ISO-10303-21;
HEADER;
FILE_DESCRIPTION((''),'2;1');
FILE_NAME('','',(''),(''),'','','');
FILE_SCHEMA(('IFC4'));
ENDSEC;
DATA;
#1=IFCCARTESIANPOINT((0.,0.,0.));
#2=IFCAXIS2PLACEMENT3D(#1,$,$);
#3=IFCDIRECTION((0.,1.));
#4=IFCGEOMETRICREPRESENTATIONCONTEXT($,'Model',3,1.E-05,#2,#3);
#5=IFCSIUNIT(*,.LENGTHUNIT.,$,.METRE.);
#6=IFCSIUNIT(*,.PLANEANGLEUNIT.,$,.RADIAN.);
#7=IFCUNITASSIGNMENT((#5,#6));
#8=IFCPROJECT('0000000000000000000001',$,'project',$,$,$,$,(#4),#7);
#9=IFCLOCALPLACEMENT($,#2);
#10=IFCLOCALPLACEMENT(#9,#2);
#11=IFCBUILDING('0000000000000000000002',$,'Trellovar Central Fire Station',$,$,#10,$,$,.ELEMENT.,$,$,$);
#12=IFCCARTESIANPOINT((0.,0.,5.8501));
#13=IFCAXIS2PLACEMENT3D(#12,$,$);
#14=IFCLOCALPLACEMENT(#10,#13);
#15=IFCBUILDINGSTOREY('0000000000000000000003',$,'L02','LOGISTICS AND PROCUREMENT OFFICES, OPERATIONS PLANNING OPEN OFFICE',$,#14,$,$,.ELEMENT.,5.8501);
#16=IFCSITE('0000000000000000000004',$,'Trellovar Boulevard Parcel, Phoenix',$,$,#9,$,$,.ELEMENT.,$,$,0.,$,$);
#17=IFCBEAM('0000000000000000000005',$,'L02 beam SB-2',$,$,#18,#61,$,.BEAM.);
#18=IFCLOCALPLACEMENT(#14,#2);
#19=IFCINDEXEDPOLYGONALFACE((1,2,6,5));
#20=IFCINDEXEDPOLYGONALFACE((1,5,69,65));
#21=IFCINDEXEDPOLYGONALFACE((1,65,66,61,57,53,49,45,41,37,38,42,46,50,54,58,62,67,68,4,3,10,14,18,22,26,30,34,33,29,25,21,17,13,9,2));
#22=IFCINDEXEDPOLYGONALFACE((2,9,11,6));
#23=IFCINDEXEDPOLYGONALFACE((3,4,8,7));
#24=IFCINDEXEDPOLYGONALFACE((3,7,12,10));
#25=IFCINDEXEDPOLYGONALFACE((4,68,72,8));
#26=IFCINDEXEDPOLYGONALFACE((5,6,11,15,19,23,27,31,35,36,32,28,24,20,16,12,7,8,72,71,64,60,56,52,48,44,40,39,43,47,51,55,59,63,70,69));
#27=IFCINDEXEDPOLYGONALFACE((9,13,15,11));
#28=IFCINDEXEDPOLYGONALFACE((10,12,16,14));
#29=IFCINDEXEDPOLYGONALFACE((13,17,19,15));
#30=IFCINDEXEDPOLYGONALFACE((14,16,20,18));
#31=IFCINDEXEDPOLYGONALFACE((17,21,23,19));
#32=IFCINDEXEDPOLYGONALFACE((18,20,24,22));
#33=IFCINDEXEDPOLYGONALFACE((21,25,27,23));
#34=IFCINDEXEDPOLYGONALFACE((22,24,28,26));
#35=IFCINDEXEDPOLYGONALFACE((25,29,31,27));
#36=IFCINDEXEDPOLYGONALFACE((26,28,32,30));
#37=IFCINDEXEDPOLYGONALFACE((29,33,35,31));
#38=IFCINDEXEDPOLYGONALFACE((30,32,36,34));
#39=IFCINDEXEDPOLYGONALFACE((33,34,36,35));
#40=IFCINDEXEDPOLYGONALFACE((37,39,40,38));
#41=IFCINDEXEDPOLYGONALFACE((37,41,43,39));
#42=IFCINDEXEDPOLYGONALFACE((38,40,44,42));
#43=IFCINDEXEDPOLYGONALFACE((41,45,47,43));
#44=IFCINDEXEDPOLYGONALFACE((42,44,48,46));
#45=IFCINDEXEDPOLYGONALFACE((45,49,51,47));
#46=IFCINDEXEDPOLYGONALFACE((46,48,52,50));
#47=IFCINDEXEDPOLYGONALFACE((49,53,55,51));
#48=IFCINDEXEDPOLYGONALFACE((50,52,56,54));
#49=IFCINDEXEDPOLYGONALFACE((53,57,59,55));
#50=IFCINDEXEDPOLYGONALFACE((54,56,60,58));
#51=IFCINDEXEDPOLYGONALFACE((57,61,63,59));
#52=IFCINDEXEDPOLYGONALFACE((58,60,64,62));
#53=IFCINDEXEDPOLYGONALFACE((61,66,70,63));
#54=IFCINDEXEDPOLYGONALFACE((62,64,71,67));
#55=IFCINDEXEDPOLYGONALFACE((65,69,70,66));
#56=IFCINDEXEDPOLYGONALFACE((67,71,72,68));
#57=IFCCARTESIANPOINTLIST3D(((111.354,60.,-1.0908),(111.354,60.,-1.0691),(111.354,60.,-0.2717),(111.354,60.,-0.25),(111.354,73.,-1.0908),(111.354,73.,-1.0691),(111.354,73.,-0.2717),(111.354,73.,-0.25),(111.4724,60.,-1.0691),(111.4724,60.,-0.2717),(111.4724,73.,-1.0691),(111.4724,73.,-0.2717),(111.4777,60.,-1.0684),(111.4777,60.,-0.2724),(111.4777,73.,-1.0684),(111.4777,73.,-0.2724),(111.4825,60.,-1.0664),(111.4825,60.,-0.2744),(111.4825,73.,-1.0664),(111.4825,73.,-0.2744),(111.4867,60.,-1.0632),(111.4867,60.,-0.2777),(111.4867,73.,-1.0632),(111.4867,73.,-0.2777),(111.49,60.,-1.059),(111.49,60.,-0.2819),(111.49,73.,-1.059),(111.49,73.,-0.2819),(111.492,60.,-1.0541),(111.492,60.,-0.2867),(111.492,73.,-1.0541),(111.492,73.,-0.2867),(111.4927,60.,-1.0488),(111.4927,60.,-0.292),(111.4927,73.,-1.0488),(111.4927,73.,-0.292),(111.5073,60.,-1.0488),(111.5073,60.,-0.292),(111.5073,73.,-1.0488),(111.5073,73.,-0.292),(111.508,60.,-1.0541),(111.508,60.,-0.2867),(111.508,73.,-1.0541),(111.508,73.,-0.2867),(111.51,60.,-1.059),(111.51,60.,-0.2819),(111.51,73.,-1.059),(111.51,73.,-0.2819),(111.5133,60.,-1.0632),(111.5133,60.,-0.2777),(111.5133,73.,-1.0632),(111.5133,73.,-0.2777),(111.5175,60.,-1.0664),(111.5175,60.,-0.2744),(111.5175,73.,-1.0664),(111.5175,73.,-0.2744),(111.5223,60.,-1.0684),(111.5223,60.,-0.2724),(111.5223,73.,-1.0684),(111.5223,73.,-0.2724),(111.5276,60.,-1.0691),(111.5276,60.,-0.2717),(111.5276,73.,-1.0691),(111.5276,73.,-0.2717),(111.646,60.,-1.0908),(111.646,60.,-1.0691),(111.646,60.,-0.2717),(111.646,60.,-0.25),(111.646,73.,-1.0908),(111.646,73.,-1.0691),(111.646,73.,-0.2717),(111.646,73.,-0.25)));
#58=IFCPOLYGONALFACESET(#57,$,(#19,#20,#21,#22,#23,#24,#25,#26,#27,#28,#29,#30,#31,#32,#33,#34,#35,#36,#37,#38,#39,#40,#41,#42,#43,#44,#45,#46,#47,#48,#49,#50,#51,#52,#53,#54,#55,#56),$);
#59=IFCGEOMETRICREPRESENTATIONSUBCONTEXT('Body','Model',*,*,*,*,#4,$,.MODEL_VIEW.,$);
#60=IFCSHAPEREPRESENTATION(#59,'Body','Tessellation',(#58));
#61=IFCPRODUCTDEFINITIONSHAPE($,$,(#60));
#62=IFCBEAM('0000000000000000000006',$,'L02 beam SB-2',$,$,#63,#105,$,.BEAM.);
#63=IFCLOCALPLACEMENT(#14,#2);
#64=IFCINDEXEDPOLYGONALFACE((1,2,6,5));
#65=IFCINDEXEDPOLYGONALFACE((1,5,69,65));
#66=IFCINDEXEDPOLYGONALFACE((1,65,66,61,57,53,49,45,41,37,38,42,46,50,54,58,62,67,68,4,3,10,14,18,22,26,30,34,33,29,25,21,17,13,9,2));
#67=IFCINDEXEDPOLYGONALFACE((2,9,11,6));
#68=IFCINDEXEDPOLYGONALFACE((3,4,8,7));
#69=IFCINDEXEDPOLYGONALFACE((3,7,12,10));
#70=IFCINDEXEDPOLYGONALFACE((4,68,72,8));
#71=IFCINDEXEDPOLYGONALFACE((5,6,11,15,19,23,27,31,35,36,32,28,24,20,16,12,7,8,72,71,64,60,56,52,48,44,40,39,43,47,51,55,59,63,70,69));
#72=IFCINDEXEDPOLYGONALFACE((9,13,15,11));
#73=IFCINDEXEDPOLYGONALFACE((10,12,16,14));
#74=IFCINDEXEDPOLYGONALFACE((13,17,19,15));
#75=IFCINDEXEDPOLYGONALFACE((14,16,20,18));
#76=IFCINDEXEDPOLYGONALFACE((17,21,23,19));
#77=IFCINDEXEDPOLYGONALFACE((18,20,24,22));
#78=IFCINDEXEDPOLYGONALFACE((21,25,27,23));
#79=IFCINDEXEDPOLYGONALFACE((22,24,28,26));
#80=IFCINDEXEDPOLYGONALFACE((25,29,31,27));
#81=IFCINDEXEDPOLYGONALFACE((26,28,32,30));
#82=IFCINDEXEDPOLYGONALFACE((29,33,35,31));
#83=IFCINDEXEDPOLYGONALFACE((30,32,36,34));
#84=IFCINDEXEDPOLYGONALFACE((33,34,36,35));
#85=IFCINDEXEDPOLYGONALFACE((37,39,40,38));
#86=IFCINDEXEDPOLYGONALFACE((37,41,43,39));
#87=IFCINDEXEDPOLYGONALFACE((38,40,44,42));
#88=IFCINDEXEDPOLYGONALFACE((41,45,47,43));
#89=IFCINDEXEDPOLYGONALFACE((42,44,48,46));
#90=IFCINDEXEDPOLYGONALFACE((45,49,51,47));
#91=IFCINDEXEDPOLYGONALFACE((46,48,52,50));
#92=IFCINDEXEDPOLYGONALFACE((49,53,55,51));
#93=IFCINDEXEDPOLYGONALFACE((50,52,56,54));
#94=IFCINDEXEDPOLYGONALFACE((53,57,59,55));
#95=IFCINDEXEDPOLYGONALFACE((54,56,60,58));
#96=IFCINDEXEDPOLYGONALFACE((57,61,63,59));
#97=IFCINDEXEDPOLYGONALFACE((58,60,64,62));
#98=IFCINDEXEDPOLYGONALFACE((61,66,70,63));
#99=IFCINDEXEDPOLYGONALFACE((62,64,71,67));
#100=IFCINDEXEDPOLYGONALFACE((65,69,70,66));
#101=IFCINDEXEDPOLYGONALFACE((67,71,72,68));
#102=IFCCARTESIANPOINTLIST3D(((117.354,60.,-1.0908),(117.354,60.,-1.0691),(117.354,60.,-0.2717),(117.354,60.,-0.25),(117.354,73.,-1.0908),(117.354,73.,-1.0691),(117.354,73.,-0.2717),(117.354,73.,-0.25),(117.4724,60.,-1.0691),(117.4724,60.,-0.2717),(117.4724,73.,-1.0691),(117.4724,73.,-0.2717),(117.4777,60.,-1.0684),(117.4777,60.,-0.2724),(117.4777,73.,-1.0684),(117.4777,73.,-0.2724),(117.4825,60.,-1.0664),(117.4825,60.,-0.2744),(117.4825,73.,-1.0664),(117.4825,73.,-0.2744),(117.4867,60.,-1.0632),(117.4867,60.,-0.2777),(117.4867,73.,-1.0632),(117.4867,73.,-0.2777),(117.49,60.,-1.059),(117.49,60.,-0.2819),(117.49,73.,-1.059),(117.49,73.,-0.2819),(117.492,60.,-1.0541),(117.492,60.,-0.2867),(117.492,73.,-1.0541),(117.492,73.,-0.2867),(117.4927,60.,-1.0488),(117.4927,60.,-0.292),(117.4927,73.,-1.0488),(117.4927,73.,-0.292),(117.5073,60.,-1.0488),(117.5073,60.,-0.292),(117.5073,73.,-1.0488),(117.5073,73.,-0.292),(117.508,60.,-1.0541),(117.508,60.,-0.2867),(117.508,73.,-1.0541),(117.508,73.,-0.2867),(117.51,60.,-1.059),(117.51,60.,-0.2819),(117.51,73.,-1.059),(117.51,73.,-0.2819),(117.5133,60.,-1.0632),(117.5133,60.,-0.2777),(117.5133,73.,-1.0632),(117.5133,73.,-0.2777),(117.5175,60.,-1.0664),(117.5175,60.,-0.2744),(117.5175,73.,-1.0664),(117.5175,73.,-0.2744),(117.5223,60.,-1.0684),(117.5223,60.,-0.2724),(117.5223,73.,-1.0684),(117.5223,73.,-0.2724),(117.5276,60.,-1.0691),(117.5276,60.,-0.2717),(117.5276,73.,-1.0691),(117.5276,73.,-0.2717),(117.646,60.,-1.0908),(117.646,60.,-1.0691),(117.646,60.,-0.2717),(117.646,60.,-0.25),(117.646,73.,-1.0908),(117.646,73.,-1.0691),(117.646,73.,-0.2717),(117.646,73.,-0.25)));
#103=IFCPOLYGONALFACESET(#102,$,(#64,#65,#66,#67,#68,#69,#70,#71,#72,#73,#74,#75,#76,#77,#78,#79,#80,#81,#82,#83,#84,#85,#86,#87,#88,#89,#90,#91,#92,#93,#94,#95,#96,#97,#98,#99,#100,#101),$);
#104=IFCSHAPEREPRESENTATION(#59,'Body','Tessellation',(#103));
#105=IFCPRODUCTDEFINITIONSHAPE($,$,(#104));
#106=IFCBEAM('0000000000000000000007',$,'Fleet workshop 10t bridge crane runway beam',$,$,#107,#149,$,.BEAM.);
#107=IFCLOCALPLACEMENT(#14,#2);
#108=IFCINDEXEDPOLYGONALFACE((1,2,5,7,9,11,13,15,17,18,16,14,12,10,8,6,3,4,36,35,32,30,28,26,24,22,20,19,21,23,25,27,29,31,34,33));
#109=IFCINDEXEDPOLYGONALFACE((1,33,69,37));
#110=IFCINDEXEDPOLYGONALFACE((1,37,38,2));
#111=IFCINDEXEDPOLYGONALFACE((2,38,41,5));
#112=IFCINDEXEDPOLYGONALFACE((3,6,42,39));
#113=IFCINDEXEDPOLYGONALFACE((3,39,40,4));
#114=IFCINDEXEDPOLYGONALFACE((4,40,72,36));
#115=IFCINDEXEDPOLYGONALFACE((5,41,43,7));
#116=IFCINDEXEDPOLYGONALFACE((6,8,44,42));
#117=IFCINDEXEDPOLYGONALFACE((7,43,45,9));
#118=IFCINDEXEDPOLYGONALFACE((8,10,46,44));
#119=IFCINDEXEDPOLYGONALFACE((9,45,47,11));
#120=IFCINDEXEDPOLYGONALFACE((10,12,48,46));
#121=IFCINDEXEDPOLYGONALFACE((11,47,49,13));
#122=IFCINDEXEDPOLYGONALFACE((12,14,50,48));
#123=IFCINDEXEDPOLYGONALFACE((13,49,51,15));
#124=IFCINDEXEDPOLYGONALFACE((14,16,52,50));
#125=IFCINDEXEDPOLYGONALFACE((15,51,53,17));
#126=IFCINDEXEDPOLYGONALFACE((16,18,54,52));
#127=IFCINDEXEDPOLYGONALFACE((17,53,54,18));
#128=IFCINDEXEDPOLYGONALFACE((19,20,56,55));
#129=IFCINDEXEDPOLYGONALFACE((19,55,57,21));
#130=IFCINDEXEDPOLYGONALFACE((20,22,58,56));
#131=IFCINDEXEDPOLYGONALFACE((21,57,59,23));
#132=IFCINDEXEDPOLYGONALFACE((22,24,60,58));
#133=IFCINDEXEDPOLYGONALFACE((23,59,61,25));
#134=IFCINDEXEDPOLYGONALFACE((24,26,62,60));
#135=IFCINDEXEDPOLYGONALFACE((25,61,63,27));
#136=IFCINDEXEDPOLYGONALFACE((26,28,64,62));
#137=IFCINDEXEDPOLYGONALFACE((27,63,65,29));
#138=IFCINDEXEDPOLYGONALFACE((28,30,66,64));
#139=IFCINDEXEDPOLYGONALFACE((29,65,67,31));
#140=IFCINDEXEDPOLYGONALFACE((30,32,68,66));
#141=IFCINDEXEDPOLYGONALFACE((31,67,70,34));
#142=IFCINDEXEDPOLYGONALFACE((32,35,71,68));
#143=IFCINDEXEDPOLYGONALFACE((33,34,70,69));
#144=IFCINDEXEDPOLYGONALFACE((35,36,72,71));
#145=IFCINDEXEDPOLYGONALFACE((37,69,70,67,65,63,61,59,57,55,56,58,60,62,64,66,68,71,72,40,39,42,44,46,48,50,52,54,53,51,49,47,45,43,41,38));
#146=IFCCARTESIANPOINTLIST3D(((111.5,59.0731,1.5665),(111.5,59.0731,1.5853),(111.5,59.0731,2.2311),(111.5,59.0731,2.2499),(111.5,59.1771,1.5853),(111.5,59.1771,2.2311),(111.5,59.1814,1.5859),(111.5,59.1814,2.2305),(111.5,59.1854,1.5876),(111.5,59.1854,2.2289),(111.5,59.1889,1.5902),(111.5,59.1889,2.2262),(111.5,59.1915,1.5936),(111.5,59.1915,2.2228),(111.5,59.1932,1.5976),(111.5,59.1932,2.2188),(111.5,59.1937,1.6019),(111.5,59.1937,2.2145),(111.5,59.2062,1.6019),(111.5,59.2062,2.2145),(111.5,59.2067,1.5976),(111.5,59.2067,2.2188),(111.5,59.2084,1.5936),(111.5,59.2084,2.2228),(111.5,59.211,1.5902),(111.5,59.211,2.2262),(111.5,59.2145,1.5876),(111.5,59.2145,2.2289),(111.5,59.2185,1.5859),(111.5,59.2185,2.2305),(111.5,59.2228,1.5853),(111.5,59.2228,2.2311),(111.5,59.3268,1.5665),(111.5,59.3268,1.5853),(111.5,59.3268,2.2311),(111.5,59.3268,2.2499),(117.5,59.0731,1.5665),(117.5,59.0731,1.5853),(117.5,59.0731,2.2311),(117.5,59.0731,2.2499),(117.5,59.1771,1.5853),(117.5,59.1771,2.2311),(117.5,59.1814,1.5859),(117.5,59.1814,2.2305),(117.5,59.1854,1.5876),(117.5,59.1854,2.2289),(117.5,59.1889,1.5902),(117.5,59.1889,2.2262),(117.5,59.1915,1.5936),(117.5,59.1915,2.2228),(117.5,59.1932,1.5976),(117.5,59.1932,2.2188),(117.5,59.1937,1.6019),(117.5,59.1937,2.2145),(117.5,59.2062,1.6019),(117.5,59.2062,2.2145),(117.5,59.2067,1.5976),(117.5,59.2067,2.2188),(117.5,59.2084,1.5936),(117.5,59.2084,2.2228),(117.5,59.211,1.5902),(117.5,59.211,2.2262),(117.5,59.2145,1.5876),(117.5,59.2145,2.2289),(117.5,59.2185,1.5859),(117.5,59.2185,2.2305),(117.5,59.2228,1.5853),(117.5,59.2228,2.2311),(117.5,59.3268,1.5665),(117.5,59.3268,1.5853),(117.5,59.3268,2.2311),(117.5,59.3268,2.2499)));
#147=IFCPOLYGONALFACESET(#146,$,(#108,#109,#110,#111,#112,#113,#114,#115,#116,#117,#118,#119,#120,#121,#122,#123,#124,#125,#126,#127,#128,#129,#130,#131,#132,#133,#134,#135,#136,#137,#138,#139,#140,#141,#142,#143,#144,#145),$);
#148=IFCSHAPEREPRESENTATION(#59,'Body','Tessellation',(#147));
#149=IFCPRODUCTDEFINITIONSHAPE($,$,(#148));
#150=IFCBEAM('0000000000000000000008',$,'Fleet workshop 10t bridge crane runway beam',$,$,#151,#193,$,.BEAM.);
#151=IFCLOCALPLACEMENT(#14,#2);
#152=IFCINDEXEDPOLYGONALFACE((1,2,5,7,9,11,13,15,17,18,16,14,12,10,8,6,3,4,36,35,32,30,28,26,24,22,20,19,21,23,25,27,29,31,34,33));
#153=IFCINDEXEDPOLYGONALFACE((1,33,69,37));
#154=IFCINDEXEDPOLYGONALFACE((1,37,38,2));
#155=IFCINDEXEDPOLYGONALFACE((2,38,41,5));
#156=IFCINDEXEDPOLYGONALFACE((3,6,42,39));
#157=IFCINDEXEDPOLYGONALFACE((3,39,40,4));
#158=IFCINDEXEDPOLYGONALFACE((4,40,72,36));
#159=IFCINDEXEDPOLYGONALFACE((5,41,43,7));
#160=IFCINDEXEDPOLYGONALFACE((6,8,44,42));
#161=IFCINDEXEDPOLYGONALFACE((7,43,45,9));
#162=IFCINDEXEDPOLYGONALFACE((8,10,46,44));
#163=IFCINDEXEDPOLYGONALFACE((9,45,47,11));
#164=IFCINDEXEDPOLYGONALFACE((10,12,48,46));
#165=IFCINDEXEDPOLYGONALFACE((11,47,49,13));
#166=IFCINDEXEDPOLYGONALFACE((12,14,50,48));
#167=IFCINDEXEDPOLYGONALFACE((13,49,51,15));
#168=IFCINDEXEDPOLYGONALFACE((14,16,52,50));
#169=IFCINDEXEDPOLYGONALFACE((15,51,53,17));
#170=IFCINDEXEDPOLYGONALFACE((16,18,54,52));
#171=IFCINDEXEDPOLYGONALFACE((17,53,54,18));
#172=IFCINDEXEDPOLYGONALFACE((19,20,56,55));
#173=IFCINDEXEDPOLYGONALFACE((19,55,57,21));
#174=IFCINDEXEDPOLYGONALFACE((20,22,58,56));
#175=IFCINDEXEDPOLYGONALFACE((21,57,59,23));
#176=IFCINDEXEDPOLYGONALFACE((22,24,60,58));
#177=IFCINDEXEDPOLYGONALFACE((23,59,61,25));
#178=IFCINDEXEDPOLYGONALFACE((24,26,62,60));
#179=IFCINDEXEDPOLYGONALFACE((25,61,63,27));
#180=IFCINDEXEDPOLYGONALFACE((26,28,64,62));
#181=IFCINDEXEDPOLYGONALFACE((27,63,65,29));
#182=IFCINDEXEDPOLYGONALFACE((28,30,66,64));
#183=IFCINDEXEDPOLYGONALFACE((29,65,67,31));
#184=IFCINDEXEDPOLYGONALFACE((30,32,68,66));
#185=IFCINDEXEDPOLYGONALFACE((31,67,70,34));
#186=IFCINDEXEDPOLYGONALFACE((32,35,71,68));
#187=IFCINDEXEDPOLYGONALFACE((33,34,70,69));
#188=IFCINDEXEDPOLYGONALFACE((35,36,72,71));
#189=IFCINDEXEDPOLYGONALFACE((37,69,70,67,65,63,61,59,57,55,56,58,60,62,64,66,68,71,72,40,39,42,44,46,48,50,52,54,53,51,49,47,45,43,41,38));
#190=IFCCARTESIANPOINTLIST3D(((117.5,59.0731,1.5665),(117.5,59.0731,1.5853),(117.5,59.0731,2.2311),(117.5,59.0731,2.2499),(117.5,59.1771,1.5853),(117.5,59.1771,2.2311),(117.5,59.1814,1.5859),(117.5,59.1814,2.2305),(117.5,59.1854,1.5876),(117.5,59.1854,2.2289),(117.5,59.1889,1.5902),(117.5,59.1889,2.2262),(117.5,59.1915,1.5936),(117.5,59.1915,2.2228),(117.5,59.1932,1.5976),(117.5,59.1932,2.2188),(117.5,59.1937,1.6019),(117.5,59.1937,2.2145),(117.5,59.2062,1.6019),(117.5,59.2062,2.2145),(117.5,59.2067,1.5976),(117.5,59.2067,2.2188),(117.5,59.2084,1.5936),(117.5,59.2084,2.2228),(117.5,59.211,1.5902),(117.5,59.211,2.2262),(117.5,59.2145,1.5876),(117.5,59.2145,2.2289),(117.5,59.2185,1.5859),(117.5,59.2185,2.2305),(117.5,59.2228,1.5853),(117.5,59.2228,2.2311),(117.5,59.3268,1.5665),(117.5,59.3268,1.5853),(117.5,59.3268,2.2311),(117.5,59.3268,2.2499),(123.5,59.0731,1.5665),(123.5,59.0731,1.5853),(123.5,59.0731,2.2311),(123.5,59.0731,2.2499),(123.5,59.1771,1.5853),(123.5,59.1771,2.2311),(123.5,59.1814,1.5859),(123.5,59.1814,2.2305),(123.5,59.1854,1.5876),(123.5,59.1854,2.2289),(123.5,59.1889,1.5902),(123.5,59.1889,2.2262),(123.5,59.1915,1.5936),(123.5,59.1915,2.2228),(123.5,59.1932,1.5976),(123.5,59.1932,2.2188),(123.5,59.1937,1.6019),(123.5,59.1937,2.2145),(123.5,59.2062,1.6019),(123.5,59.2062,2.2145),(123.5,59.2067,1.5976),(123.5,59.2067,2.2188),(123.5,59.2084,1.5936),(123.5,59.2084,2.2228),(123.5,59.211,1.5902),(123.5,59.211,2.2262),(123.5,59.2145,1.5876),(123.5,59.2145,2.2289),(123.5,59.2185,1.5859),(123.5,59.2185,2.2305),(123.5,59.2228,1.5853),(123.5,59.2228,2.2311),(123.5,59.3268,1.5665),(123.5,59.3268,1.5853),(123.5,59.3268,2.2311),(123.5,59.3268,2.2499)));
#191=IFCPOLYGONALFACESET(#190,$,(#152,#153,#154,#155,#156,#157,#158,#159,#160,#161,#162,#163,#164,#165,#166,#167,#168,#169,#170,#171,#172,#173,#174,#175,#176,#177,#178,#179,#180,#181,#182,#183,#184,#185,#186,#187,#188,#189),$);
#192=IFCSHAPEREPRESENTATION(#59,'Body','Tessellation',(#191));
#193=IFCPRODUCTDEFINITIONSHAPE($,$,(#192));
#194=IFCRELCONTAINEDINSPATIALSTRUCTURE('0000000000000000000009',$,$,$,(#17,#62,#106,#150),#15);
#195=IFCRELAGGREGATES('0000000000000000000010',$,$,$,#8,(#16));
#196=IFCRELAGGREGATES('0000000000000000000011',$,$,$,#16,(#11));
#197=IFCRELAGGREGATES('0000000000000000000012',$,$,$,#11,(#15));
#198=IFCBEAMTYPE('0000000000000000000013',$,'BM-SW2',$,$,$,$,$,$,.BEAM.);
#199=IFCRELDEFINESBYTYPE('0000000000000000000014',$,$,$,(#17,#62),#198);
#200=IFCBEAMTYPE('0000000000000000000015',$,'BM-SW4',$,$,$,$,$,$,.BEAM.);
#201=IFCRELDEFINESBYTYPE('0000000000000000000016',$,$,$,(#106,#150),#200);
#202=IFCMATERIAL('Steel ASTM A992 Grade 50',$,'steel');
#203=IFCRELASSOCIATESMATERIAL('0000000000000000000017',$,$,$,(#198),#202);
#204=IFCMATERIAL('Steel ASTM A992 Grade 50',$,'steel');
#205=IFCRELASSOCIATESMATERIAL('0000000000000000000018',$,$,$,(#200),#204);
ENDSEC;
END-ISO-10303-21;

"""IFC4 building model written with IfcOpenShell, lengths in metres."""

from ifc_helpers import new_model, si_unit, direction, frame, origin, origin_2d, place, context, subcontext, project, spatial, i_section, extrude, material, material_profile, profile_set, type_object, element, save


model = new_model("IFC4")

# Units and contexts
model_context = context("Model", 3, precision=1e-05, world=origin(), true_north=direction((0.0, 1.0)))
body_context = subcontext(model_context, "Body", "Model", "MODEL_VIEW")
ifc_project = project(units=[si_unit("LENGTHUNIT", "METRE"), si_unit("PLANEANGLEUNIT", "RADIAN")], contexts=[model_context])

# Site, building, storey
site_placement = place(None, origin())
site = spatial("IfcSite", under=ifc_project, at=site_placement, Name="Trellovar Boulevard Parcel, Phoenix", CompositionType="ELEMENT", RefElevation=0.0)
building_placement = place(site_placement, origin())
building = spatial("IfcBuilding", under=site, at=building_placement, Name="Trellovar Central Fire Station", CompositionType="ELEMENT")
storey_placement = place(building_placement, frame((0.0, 0.0, 5.8501)))
storey = spatial("IfcBuildingStorey", under=building, at=storey_placement, Name="L02", Description="LOGISTICS AND PROCUREMENT OFFICES, OPERATIONS PLANNING OPEN OFFICE", CompositionType="ELEMENT", Elevation=5.8501)

# Beams
ifc_material_1 = material(Name="Steel ASTM A992 Grade 50", Category="steel")
ifc_material_profile_1 = material_profile(ifc_material_1, i_section(OverallWidth=0.292, OverallDepth=0.8408, WebThickness=0.0146, FlangeThickness=0.0217, FilletRadius=0.0203, at=origin_2d()), Name="W33X130")
ifc_profile_set_1 = profile_set([ifc_material_profile_1], Name="Steel ASTM A992 Grade 50")
beam_type_1 = type_object("IfcBeamType", Name="BM-SW2", PredefinedType="BEAM", material=ifc_profile_set_1)
for number, where, z_axis, x_axis, name in (
    (1, (111.5, 60.0, -0.6704), (0.0, 1.0, 0.0), (-1.0, 0.0, 0.0), "L02 beam SB-2"),
    (2, (117.5, 60.0, -0.6704), (0.0, 1.0, 0.0), (-1.0, 0.0, 0.0), "L02 beam SB-2"),
):
    element("IfcBeam", number, at=place(storey_placement, frame(where, z_axis=z_axis, x_axis=x_axis)), inside=storey, type_object=beam_type_1, Name=name, PredefinedType="BEAM", context=body_context, shape_type="SweptSolid", body=[
        extrude(i_section(OverallWidth=0.292, OverallDepth=0.8408, WebThickness=0.0146, FlangeThickness=0.0217, FilletRadius=0.0203, at=origin_2d()), origin(), (0.0, 0.0, 1.0), 13.0),
    ])
ifc_material_2 = material(Name="Steel ASTM A992 Grade 50", Category="steel")
ifc_material_profile_2 = material_profile(ifc_material_2, i_section(OverallWidth=0.2537, OverallDepth=0.6833, WebThickness=0.0125, FlangeThickness=0.0188, FilletRadius=0.0166, at=origin_2d()), Name="W27X94")
ifc_profile_set_2 = profile_set([ifc_material_profile_2], Name="Steel ASTM A992 Grade 50")
beam_type_2 = type_object("IfcBeamType", Name="BM-SW4", PredefinedType="BEAM", material=ifc_profile_set_2)
for number, where, z_axis, x_axis, name in (
    (3, (111.5, 59.2, 1.9082), (1.0, 0.0, 0.0), (0.0, 1.0, 0.0), "Fleet workshop 10t bridge crane runway beam"),
    (4, (117.5, 59.2, 1.9082), (1.0, 0.0, 0.0), (0.0, 1.0, 0.0), "Fleet workshop 10t bridge crane runway beam"),
):
    element("IfcBeam", number, at=place(storey_placement, frame(where, z_axis=z_axis, x_axis=x_axis)), inside=storey, type_object=beam_type_2, Name=name, PredefinedType="BEAM", context=body_context, shape_type="SweptSolid", body=[
        extrude(i_section(OverallWidth=0.2537, OverallDepth=0.6833, WebThickness=0.0125, FlangeThickness=0.0188, FilletRadius=0.0166, at=origin_2d()), origin(), (0.0, 0.0, 1.0), 6.0),
    ])

save(model, "model.ifc")
